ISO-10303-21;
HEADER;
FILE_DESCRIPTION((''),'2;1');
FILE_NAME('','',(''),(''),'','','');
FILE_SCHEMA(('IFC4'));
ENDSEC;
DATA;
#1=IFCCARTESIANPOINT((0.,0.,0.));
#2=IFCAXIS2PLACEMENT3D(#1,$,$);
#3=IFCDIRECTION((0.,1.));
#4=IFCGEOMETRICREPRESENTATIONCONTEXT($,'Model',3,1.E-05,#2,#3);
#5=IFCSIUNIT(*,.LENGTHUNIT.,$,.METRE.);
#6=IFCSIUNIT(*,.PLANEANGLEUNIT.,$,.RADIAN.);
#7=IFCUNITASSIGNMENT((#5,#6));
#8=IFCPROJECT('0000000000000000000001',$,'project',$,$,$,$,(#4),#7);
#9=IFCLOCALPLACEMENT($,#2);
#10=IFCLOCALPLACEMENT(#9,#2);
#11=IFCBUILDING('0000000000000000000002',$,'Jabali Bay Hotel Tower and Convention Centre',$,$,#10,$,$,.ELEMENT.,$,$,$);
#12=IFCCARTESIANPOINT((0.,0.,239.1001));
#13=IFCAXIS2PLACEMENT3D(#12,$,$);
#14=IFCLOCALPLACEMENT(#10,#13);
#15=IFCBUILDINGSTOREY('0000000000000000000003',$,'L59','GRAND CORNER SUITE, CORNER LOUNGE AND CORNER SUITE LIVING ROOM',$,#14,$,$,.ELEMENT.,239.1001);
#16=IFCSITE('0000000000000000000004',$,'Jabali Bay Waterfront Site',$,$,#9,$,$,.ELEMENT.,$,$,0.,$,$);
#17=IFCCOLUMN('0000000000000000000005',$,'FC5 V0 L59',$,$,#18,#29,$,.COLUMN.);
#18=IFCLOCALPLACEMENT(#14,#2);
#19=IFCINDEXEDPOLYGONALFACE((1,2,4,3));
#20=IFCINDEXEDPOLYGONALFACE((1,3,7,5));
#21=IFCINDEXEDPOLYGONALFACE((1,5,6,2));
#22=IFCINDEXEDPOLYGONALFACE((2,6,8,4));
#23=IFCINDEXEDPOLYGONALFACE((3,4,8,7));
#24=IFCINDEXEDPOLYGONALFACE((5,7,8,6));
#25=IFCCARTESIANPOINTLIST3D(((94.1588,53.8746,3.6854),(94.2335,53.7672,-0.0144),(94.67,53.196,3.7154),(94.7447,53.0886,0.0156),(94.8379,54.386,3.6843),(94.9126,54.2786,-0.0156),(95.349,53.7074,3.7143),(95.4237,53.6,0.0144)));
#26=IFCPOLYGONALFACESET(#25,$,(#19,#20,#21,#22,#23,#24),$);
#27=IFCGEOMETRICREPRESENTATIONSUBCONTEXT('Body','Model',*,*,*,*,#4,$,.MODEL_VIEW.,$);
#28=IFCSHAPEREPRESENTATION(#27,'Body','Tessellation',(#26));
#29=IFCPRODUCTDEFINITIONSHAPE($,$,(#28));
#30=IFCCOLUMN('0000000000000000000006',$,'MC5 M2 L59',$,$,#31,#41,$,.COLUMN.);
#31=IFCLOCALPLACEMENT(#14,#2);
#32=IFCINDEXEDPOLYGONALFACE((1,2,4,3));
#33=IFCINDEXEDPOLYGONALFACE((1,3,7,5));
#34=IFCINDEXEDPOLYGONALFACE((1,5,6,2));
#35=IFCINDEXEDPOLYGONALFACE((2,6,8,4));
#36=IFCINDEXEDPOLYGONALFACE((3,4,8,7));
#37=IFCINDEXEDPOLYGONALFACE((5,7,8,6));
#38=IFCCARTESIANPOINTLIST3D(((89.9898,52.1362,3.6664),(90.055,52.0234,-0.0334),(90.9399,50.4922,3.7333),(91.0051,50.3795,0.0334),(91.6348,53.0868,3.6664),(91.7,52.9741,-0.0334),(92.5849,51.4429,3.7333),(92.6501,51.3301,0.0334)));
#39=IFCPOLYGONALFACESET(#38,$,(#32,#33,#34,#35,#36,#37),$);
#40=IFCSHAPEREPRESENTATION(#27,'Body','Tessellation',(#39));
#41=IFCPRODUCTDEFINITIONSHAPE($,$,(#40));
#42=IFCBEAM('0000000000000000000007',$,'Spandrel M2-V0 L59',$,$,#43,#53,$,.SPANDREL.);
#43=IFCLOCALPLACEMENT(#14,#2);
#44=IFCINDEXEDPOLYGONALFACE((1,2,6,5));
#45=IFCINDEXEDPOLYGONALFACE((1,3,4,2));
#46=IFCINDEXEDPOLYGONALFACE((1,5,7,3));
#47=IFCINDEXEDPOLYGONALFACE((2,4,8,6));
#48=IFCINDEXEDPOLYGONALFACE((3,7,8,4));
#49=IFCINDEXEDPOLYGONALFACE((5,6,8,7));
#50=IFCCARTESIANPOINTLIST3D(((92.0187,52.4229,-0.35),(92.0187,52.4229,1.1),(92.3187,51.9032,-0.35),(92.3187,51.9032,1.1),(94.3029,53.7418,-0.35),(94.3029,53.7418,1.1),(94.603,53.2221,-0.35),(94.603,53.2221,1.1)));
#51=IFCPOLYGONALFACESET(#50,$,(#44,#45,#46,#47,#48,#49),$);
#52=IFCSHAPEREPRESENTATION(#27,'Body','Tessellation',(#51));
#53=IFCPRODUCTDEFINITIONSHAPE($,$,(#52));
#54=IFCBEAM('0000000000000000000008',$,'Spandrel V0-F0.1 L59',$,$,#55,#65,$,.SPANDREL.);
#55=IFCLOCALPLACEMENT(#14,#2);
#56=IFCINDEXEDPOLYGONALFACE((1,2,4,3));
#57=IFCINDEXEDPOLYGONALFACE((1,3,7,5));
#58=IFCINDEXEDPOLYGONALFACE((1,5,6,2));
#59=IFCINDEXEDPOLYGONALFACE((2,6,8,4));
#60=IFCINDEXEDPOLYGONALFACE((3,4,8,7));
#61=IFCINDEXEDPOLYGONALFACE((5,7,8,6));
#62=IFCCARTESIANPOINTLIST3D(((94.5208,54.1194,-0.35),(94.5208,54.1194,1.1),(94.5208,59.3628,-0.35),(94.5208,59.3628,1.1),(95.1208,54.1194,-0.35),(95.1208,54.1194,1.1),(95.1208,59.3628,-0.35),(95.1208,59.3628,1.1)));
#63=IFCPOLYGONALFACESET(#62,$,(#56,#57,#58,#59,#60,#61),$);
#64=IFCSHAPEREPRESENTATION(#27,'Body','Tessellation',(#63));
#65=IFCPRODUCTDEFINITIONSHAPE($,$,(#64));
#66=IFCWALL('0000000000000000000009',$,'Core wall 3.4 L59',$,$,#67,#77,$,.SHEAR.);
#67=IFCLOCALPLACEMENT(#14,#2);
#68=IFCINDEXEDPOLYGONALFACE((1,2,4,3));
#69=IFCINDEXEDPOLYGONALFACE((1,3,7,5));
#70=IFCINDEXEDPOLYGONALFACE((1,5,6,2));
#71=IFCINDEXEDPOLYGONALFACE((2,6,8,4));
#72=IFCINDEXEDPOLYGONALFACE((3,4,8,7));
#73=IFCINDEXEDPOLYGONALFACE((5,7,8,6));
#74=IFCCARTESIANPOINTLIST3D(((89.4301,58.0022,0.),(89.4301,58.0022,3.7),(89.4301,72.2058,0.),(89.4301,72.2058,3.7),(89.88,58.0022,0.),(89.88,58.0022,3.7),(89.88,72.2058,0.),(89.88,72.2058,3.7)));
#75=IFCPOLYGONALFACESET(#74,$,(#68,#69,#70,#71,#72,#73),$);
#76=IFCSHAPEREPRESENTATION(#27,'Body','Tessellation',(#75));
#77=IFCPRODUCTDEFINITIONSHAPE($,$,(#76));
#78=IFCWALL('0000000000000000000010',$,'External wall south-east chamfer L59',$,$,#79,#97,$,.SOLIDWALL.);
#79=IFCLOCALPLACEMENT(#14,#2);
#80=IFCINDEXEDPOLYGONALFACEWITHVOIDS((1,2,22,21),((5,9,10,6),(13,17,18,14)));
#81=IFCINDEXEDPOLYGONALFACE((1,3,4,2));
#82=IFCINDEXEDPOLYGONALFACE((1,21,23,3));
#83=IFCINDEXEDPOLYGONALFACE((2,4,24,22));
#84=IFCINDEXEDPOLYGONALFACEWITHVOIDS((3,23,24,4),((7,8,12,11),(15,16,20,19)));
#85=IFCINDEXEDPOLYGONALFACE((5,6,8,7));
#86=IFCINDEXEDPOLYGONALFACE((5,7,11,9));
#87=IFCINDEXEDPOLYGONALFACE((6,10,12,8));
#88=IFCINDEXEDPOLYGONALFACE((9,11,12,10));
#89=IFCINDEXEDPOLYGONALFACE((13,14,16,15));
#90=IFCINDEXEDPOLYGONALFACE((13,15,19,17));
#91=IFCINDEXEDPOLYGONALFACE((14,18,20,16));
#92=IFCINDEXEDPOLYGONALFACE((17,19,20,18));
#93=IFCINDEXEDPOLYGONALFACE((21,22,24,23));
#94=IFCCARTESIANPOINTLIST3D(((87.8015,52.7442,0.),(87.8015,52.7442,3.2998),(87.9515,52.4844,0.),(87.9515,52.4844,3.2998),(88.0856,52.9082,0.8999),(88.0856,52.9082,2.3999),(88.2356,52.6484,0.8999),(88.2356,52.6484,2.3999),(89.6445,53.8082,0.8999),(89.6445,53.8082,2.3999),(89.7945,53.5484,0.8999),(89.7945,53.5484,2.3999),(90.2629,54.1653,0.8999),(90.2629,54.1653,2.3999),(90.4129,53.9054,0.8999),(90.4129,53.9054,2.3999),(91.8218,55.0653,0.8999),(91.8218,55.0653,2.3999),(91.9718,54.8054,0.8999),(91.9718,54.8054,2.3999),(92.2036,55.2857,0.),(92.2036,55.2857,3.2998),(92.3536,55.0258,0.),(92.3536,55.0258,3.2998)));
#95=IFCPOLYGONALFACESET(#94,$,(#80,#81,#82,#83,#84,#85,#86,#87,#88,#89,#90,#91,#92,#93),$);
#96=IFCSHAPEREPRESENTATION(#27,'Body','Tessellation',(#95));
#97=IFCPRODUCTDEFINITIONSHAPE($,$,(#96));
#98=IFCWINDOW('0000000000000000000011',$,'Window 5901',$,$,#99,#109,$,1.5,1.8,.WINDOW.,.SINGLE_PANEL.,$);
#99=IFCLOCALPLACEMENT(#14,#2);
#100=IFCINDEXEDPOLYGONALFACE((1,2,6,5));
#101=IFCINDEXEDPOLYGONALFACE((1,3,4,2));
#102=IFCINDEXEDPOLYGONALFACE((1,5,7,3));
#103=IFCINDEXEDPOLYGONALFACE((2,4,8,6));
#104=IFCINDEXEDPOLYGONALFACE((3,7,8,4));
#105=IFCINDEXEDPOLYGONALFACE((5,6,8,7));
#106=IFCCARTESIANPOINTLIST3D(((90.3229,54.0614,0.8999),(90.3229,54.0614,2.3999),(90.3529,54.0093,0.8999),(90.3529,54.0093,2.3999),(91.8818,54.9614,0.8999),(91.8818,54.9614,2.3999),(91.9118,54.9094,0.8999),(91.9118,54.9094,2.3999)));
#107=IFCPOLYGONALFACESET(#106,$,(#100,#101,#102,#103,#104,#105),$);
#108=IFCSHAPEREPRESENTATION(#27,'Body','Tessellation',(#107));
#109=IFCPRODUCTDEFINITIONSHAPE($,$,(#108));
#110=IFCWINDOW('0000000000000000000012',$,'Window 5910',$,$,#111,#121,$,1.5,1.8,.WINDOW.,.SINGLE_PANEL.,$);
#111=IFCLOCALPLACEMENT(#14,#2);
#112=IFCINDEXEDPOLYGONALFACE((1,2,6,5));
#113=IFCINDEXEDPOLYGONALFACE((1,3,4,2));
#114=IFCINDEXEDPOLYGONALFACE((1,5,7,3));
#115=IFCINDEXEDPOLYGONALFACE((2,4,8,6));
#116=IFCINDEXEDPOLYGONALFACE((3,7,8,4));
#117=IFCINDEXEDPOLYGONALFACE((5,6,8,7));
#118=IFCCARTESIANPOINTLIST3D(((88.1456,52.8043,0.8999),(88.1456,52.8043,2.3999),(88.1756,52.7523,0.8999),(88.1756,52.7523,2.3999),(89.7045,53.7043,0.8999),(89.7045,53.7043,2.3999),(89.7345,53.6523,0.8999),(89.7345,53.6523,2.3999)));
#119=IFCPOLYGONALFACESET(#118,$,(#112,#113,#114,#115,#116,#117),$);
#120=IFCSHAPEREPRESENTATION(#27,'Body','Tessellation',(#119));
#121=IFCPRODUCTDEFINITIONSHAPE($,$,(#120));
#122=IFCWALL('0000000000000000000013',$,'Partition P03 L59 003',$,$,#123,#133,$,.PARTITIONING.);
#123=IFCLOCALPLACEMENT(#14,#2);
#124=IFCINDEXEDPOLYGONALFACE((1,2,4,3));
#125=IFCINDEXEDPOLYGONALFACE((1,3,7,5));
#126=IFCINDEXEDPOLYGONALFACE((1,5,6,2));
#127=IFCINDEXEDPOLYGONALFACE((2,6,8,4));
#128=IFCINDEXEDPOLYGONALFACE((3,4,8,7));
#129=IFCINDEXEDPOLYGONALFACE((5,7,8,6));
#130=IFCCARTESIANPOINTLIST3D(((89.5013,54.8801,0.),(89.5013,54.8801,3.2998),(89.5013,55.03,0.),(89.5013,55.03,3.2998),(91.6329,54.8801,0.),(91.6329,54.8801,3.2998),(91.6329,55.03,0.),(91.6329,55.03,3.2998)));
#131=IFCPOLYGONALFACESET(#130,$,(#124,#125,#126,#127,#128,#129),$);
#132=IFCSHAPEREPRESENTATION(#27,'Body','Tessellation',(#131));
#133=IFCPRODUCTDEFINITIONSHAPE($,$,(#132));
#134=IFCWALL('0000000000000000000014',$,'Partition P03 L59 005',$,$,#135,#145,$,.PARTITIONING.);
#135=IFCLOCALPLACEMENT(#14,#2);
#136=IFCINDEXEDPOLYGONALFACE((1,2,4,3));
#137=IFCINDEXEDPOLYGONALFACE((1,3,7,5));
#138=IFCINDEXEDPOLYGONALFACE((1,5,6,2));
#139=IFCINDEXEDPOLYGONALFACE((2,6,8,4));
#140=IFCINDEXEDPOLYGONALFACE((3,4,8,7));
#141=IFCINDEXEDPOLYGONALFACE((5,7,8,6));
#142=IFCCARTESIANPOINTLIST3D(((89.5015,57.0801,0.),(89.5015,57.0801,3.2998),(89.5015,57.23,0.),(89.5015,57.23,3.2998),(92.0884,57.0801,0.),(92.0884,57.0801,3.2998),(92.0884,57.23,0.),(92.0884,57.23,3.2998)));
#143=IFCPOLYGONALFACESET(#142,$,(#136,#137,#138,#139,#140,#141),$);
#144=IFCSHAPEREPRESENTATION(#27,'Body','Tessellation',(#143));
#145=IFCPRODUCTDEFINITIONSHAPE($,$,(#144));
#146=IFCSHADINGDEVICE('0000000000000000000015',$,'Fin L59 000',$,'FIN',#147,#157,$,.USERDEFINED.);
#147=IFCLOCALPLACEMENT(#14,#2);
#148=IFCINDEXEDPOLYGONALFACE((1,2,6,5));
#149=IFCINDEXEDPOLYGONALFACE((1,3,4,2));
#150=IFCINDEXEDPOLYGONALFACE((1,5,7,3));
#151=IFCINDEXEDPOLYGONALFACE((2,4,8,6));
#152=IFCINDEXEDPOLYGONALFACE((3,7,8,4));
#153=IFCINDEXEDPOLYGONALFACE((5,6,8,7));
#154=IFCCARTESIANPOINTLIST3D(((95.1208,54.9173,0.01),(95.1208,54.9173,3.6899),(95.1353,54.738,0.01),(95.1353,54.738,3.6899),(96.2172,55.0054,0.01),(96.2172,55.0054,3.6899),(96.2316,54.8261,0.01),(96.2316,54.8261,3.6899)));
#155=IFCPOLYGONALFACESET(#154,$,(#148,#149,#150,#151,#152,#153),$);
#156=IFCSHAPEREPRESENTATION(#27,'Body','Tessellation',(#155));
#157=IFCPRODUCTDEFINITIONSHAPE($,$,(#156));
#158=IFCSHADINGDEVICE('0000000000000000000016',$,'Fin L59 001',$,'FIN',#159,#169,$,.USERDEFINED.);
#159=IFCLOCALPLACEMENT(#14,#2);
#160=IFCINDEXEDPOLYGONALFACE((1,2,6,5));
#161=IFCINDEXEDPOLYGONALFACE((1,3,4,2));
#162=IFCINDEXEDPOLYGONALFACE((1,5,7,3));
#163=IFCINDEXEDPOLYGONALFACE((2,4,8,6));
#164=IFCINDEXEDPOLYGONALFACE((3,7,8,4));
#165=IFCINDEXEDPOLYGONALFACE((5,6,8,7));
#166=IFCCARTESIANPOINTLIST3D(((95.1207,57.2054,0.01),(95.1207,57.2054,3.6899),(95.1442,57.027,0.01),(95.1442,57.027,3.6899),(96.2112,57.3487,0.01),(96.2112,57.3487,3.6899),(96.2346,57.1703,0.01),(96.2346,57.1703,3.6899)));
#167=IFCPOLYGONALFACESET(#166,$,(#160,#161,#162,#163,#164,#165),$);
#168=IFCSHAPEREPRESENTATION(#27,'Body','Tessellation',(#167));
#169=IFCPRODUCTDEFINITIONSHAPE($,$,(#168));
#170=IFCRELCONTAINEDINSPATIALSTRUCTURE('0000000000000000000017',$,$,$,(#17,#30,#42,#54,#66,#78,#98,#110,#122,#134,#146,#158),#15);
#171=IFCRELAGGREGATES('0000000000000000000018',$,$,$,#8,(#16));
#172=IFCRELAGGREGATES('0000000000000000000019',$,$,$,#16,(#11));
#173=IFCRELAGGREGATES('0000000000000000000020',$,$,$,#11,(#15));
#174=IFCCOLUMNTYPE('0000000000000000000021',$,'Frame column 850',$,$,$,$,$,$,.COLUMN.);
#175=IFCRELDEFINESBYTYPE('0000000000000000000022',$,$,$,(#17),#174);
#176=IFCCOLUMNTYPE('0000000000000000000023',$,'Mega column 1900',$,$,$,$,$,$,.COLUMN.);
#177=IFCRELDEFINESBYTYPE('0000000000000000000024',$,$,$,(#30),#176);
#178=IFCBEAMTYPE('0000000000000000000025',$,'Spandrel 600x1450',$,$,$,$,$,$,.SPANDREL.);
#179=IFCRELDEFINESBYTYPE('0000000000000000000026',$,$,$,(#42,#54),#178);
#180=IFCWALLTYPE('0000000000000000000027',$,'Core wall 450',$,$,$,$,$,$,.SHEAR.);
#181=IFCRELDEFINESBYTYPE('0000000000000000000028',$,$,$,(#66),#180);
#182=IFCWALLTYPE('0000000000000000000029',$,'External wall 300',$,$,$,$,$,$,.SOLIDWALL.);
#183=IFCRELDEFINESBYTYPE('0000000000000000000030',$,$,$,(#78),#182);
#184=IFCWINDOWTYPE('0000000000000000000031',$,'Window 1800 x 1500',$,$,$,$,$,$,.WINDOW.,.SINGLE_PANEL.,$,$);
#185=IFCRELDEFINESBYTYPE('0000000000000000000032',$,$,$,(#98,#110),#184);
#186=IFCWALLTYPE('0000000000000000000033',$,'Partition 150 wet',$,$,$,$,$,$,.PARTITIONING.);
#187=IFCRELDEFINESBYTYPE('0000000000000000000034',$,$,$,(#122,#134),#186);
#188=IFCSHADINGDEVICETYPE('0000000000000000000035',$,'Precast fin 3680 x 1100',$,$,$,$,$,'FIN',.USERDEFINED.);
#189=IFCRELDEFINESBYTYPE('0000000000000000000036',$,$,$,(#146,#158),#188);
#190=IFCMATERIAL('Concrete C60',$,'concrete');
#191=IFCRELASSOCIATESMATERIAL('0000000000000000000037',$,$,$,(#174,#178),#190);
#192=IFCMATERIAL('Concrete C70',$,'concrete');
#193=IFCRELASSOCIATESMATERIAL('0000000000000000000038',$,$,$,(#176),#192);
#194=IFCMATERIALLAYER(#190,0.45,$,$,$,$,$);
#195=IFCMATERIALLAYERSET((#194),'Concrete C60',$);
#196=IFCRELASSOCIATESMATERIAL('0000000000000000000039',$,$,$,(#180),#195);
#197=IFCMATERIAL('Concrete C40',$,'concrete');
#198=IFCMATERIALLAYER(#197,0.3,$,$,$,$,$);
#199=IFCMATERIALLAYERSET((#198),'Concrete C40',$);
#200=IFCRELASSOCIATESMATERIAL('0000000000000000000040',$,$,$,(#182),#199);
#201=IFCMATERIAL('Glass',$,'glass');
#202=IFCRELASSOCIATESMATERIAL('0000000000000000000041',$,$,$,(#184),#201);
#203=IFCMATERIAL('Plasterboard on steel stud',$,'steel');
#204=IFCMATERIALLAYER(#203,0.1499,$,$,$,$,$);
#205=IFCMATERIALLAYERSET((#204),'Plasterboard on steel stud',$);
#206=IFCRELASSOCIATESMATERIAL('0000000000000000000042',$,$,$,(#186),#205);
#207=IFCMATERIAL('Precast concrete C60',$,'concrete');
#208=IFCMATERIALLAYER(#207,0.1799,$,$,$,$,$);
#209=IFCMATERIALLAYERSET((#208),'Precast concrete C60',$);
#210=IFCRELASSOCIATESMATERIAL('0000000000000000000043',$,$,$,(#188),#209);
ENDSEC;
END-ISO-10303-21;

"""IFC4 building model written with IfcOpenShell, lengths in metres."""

from ifc_helpers import new_model, si_unit, direction, frame, frame_2d, origin, origin_2d, place, context, subcontext, project, spatial, rectangle, extrude, material, layer, layer_set, material_profile, profile_set, type_object, element, fill, save


model = new_model("IFC4")

# Units and contexts
model_context = context("Model", 3, precision=1e-05, world=origin(), true_north=direction((0.0, 1.0)))
body_context = subcontext(model_context, "Body", "Model", "MODEL_VIEW")
ifc_project = project(units=[si_unit("LENGTHUNIT", "METRE"), si_unit("PLANEANGLEUNIT", "RADIAN")], contexts=[model_context])

# Site, building, storey
site_placement = place(None, origin())
site = spatial("IfcSite", under=ifc_project, at=site_placement, Name="Jabali Bay Waterfront Site", CompositionType="ELEMENT", RefElevation=0.0)
building_placement = place(site_placement, origin())
building = spatial("IfcBuilding", under=site, at=building_placement, Name="Jabali Bay Hotel Tower and Convention Centre", CompositionType="ELEMENT")
storey_placement = place(building_placement, frame((0.0, 0.0, 239.1001)))
storey = spatial("IfcBuildingStorey", under=building, at=storey_placement, Name="L59", Description="GRAND CORNER SUITE, CORNER LOUNGE AND CORNER SUITE LIVING ROOM", CompositionType="ELEMENT", Elevation=239.1001)

# Columns
ifc_material_1 = material(Name="Concrete C60", Category="concrete")
ifc_material_profile_1 = material_profile(ifc_material_1, rectangle(XDim=0.8501, YDim=0.8501, at=origin_2d()), Name="Frame column 850")
ifc_profile_set_1 = profile_set([ifc_material_profile_1], Name="Concrete C60")
column_type_1 = type_object("IfcColumnType", Name="Frame column 850", PredefinedType="COLUMN", material=ifc_profile_set_1)
column_1_placement = place(storey_placement, frame((94.8286, 53.6836, 0.0), z_axis=(-0.020179, 0.029015, 0.999375), x_axis=(-0.798779, -0.601623, 0.001339)))
element("IfcColumn", 1, at=column_1_placement, inside=storey, type_object=column_type_1, Name="FC5 V0 L59", PredefinedType="COLUMN", context=body_context, shape_type="SweptSolid", body=[
    extrude(rectangle(XDim=0.8501, YDim=0.8501, at=origin_2d()), origin(), (0.0, 0.0, 1.0), 3.7021),
])
ifc_material_2 = material(Name="Concrete C70", Category="concrete")
ifc_material_profile_2 = material_profile(ifc_material_2, rectangle(XDim=1.8999, YDim=1.8999, at=origin_2d()), Name="Mega column 1900")
ifc_profile_set_2 = profile_set([ifc_material_profile_2], Name="Concrete C70")
column_type_2 = type_object("IfcColumnType", Name="Mega column 1900", PredefinedType="COLUMN", material=ifc_profile_set_2)
column_2_placement = place(storey_placement, frame((91.3525, 51.6768, 0.0), z_axis=(-0.017607, 0.030466, 0.999381), x_axis=(-0.865809, -0.500375, 0.0)))
element("IfcColumn", 2, at=column_2_placement, inside=storey, type_object=column_type_2, Name="MC5 M2 L59", PredefinedType="COLUMN", context=body_context, shape_type="SweptSolid", body=[
    extrude(rectangle(XDim=1.8999, YDim=1.8999, at=origin_2d()), origin(), (0.0, 0.0, 1.0), 3.7021),
])

# Beams
ifc_material_profile_3 = material_profile(ifc_material_1, rectangle(XDim=0.6001, YDim=1.45, at=origin_2d()), Name="Spandrel 600x1450")
ifc_profile_set_3 = profile_set([ifc_material_profile_3], Name="Concrete C60")
beam_type = type_object("IfcBeamType", Name="Spandrel 600x1450", PredefinedType="SPANDREL", material=ifc_profile_set_3)
beam_1_placement = place(storey_placement, frame((92.1687, 52.1631, 0.375), z_axis=(0.866013, 0.500022, 0.0), x_axis=(-0.500022, 0.866013, 0.0)))
element("IfcBeam", 3, at=beam_1_placement, inside=storey, type_object=beam_type, Name="Spandrel M2-V0 L59", PredefinedType="SPANDREL", context=body_context, shape_type="SweptSolid", body=[
    extrude(rectangle(XDim=0.6001, YDim=1.45, at=origin_2d()), origin(), (0.0, 0.0, 1.0), 2.6377),
])
beam_2_placement = place(storey_placement, frame((94.8208, 54.1194, 0.375), z_axis=(0.0, 1.0, 0.0), x_axis=(-1.0, 0.0, 0.0)))
element("IfcBeam", 4, at=beam_2_placement, inside=storey, type_object=beam_type, Name="Spandrel V0-F0.1 L59", PredefinedType="SPANDREL", context=body_context, shape_type="SweptSolid", body=[
    extrude(rectangle(XDim=0.6001, YDim=1.45, at=origin_2d()), origin(), (0.0, 0.0, 1.0), 5.2434),
])

# Wall
ifc_layer_1 = layer(ifc_material_1, 0.45)
ifc_layer_set_1 = layer_set([ifc_layer_1], Name="Concrete C60")
wall_type_1 = type_object("IfcWallType", Name="Core wall 450", PredefinedType="SHEAR", material=ifc_layer_set_1)
wall_1_placement = place(storey_placement, frame((89.655, 58.0022, 0.0), z_axis=(0.0, 0.0, 1.0), x_axis=(0.0, 1.0, 0.0)))
element("IfcWall", 5, at=wall_1_placement, inside=storey, type_object=wall_type_1, Name="Core wall 3.4 L59", PredefinedType="SHEAR", context=body_context, shape_type="SweptSolid", body=[
    extrude(rectangle(XDim=14.2036, YDim=0.45, at=frame_2d((7.1018, 0.0))), origin(), (0.0, 0.0, 1.0), 3.7),
])

# Wall, openings, windows
ifc_material_3 = material(Name="Concrete C40", Category="concrete")
ifc_layer_2 = layer(ifc_material_3, 0.3)
ifc_layer_set_2 = layer_set([ifc_layer_2], Name="Concrete C40")
wall_type_2 = type_object("IfcWallType", Name="External wall 300", PredefinedType="SOLIDWALL", material=ifc_layer_set_2)
wall_2_placement = place(storey_placement, frame((92.2786, 55.1558, 0.0), z_axis=(0.0, 0.0, 1.0), x_axis=(-0.86603, -0.499993, 0.0)))
wall_2 = element("IfcWall", 6, at=wall_2_placement, inside=storey, type_object=wall_type_2, Name="External wall south-east chamfer L59", PredefinedType="SOLIDWALL", context=body_context, shape_type="SweptSolid", body=[
    extrude(rectangle(XDim=5.083, YDim=0.3, at=frame_2d((2.5415, 0.0))), origin(), (0.0, 0.0, 1.0), 3.2998),
])
opening_1_placement = place(wall_2_placement, frame((0.4409, 0.0, 0.8999)))
opening_1 = element("IfcOpeningElement", 7, at=opening_1_placement, cuts=wall_2, PredefinedType="OPENING", context=body_context, shape_type="SweptSolid", body=[
    extrude(rectangle(XDim=1.8, YDim=1.5, at=frame_2d((0.8999, 0.75))), frame((0.0, 0.1606, 0.0), z_axis=(0.0, -1.0, 0.0), x_axis=(1.0, 0.0, 0.0)), (0.0, 0.0, 1.0), 0.321),
])
opening_2_placement = place(wall_2_placement, frame((2.9551, 0.0, 0.8999)))
opening_2 = element("IfcOpeningElement", 8, at=opening_2_placement, cuts=wall_2, PredefinedType="OPENING", context=body_context, shape_type="SweptSolid", body=[
    extrude(rectangle(XDim=1.8, YDim=1.5, at=frame_2d((0.8999, 0.75))), frame((0.0, 0.1606, 0.0), z_axis=(0.0, -1.0, 0.0), x_axis=(1.0, 0.0, 0.0)), (0.0, 0.0, 1.0), 0.321),
])
ifc_material_4 = material(Name="Glass", Category="glass")
window_type = type_object("IfcWindowType", Name="Window 1800 x 1500", PartitioningType="SINGLE_PANEL", PredefinedType="WINDOW", material=ifc_material_4)
window_1_placement = place(opening_1_placement, origin())
window_1 = element("IfcWindow", 9, at=window_1_placement, inside=storey, type_object=window_type, Name="Window 5901", OverallHeight=1.5, OverallWidth=1.8, PartitioningType="SINGLE_PANEL", PredefinedType="WINDOW", context=body_context, shape_type="SweptSolid", body=[
    extrude(rectangle(XDim=1.8, YDim=1.5, at=frame_2d((0.8999, 0.75))), frame((0.0, 0.03, 0.0), z_axis=(0.0, -1.0, 0.0), x_axis=(1.0, 0.0, 0.0)), (0.0, 0.0, 1.0), 0.0601),
])
fill(opening_1, window_1)
window_2_placement = place(opening_2_placement, origin())
window_2 = element("IfcWindow", 10, at=window_2_placement, inside=storey, type_object=window_type, Name="Window 5910", OverallHeight=1.5, OverallWidth=1.8, PartitioningType="SINGLE_PANEL", PredefinedType="WINDOW", context=body_context, shape_type="SweptSolid", body=[
    extrude(rectangle(XDim=1.8, YDim=1.5, at=frame_2d((0.8999, 0.75))), frame((0.0, 0.03, 0.0), z_axis=(0.0, -1.0, 0.0), x_axis=(1.0, 0.0, 0.0)), (0.0, 0.0, 1.0), 0.0601),
])
fill(opening_2, window_2)

# Walls
ifc_material_5 = material(Name="Plasterboard on steel stud", Category="steel")
ifc_layer_3 = layer(ifc_material_5, 0.1499)
ifc_layer_set_3 = layer_set([ifc_layer_3], Name="Plasterboard on steel stud")
wall_type_3 = type_object("IfcWallType", Name="Partition 150 wet", PredefinedType="PARTITIONING", material=ifc_layer_set_3)
wall_3_placement = place(storey_placement, frame((91.6331, 54.9551, 0.0), z_axis=(0.0, 0.0, 1.0), x_axis=(-1.0, 0.0, 0.0)))
element("IfcWall", 11, at=wall_3_placement, inside=storey, type_object=wall_type_3, Name="Partition P03 L59 003", PredefinedType="PARTITIONING", context=body_context, shape_type="SweptSolid", body=[
    extrude(rectangle(XDim=2.1316, YDim=0.1499, at=frame_2d((1.0659, 0.0))), origin(), (0.0, 0.0, 1.0), 3.2998),
])
wall_4_placement = place(storey_placement, frame((89.5015, 57.155, 0.0), z_axis=(0.0, 0.0, 1.0), x_axis=(1.0, 0.0, 0.0)))
element("IfcWall", 12, at=wall_4_placement, inside=storey, type_object=wall_type_3, Name="Partition P03 L59 005", PredefinedType="PARTITIONING", context=body_context, shape_type="SweptSolid", body=[
    extrude(rectangle(XDim=2.5869, YDim=0.1499, at=frame_2d((1.2935, 0.0))), origin(), (0.0, 0.0, 1.0), 3.2998),
])

# Shading devices
ifc_material_6 = material(Name="Precast concrete C60", Category="concrete")
ifc_layer_4 = layer(ifc_material_6, 0.1799)
ifc_layer_set_4 = layer_set([ifc_layer_4], Name="Precast concrete C60")
shading_device_type_1 = type_object("IfcShadingDeviceType", Name="Precast fin 3680 x 1100", ElementType="FIN", PredefinedType="USERDEFINED", material=ifc_layer_set_4)
for number, where, z_axis, x_axis, name in (
    (13, (95.1282, 54.8276, 0.01), (0.0, 0.0, 1.0), (0.996785, 0.080125, 0.0), "Fin L59 000"),
    (14, (95.1326, 57.1162, 0.01), (0.0, 0.0, 1.0), (0.991476, 0.130288, 0.0), "Fin L59 001"),
):
    element("IfcShadingDevice", number, at=place(storey_placement, frame(where, z_axis=z_axis, x_axis=x_axis)), inside=storey, type_object=shading_device_type_1, Name=name, ObjectType="FIN", PredefinedType="USERDEFINED", context=body_context, shape_type="SweptSolid", body=[
        extrude(rectangle(XDim=1.0999, YDim=0.1799, at=frame_2d((0.5498, 0.0))), origin(), (0.0, 0.0, 1.0), 3.6799),
    ])

save(model, "model.ifc")
